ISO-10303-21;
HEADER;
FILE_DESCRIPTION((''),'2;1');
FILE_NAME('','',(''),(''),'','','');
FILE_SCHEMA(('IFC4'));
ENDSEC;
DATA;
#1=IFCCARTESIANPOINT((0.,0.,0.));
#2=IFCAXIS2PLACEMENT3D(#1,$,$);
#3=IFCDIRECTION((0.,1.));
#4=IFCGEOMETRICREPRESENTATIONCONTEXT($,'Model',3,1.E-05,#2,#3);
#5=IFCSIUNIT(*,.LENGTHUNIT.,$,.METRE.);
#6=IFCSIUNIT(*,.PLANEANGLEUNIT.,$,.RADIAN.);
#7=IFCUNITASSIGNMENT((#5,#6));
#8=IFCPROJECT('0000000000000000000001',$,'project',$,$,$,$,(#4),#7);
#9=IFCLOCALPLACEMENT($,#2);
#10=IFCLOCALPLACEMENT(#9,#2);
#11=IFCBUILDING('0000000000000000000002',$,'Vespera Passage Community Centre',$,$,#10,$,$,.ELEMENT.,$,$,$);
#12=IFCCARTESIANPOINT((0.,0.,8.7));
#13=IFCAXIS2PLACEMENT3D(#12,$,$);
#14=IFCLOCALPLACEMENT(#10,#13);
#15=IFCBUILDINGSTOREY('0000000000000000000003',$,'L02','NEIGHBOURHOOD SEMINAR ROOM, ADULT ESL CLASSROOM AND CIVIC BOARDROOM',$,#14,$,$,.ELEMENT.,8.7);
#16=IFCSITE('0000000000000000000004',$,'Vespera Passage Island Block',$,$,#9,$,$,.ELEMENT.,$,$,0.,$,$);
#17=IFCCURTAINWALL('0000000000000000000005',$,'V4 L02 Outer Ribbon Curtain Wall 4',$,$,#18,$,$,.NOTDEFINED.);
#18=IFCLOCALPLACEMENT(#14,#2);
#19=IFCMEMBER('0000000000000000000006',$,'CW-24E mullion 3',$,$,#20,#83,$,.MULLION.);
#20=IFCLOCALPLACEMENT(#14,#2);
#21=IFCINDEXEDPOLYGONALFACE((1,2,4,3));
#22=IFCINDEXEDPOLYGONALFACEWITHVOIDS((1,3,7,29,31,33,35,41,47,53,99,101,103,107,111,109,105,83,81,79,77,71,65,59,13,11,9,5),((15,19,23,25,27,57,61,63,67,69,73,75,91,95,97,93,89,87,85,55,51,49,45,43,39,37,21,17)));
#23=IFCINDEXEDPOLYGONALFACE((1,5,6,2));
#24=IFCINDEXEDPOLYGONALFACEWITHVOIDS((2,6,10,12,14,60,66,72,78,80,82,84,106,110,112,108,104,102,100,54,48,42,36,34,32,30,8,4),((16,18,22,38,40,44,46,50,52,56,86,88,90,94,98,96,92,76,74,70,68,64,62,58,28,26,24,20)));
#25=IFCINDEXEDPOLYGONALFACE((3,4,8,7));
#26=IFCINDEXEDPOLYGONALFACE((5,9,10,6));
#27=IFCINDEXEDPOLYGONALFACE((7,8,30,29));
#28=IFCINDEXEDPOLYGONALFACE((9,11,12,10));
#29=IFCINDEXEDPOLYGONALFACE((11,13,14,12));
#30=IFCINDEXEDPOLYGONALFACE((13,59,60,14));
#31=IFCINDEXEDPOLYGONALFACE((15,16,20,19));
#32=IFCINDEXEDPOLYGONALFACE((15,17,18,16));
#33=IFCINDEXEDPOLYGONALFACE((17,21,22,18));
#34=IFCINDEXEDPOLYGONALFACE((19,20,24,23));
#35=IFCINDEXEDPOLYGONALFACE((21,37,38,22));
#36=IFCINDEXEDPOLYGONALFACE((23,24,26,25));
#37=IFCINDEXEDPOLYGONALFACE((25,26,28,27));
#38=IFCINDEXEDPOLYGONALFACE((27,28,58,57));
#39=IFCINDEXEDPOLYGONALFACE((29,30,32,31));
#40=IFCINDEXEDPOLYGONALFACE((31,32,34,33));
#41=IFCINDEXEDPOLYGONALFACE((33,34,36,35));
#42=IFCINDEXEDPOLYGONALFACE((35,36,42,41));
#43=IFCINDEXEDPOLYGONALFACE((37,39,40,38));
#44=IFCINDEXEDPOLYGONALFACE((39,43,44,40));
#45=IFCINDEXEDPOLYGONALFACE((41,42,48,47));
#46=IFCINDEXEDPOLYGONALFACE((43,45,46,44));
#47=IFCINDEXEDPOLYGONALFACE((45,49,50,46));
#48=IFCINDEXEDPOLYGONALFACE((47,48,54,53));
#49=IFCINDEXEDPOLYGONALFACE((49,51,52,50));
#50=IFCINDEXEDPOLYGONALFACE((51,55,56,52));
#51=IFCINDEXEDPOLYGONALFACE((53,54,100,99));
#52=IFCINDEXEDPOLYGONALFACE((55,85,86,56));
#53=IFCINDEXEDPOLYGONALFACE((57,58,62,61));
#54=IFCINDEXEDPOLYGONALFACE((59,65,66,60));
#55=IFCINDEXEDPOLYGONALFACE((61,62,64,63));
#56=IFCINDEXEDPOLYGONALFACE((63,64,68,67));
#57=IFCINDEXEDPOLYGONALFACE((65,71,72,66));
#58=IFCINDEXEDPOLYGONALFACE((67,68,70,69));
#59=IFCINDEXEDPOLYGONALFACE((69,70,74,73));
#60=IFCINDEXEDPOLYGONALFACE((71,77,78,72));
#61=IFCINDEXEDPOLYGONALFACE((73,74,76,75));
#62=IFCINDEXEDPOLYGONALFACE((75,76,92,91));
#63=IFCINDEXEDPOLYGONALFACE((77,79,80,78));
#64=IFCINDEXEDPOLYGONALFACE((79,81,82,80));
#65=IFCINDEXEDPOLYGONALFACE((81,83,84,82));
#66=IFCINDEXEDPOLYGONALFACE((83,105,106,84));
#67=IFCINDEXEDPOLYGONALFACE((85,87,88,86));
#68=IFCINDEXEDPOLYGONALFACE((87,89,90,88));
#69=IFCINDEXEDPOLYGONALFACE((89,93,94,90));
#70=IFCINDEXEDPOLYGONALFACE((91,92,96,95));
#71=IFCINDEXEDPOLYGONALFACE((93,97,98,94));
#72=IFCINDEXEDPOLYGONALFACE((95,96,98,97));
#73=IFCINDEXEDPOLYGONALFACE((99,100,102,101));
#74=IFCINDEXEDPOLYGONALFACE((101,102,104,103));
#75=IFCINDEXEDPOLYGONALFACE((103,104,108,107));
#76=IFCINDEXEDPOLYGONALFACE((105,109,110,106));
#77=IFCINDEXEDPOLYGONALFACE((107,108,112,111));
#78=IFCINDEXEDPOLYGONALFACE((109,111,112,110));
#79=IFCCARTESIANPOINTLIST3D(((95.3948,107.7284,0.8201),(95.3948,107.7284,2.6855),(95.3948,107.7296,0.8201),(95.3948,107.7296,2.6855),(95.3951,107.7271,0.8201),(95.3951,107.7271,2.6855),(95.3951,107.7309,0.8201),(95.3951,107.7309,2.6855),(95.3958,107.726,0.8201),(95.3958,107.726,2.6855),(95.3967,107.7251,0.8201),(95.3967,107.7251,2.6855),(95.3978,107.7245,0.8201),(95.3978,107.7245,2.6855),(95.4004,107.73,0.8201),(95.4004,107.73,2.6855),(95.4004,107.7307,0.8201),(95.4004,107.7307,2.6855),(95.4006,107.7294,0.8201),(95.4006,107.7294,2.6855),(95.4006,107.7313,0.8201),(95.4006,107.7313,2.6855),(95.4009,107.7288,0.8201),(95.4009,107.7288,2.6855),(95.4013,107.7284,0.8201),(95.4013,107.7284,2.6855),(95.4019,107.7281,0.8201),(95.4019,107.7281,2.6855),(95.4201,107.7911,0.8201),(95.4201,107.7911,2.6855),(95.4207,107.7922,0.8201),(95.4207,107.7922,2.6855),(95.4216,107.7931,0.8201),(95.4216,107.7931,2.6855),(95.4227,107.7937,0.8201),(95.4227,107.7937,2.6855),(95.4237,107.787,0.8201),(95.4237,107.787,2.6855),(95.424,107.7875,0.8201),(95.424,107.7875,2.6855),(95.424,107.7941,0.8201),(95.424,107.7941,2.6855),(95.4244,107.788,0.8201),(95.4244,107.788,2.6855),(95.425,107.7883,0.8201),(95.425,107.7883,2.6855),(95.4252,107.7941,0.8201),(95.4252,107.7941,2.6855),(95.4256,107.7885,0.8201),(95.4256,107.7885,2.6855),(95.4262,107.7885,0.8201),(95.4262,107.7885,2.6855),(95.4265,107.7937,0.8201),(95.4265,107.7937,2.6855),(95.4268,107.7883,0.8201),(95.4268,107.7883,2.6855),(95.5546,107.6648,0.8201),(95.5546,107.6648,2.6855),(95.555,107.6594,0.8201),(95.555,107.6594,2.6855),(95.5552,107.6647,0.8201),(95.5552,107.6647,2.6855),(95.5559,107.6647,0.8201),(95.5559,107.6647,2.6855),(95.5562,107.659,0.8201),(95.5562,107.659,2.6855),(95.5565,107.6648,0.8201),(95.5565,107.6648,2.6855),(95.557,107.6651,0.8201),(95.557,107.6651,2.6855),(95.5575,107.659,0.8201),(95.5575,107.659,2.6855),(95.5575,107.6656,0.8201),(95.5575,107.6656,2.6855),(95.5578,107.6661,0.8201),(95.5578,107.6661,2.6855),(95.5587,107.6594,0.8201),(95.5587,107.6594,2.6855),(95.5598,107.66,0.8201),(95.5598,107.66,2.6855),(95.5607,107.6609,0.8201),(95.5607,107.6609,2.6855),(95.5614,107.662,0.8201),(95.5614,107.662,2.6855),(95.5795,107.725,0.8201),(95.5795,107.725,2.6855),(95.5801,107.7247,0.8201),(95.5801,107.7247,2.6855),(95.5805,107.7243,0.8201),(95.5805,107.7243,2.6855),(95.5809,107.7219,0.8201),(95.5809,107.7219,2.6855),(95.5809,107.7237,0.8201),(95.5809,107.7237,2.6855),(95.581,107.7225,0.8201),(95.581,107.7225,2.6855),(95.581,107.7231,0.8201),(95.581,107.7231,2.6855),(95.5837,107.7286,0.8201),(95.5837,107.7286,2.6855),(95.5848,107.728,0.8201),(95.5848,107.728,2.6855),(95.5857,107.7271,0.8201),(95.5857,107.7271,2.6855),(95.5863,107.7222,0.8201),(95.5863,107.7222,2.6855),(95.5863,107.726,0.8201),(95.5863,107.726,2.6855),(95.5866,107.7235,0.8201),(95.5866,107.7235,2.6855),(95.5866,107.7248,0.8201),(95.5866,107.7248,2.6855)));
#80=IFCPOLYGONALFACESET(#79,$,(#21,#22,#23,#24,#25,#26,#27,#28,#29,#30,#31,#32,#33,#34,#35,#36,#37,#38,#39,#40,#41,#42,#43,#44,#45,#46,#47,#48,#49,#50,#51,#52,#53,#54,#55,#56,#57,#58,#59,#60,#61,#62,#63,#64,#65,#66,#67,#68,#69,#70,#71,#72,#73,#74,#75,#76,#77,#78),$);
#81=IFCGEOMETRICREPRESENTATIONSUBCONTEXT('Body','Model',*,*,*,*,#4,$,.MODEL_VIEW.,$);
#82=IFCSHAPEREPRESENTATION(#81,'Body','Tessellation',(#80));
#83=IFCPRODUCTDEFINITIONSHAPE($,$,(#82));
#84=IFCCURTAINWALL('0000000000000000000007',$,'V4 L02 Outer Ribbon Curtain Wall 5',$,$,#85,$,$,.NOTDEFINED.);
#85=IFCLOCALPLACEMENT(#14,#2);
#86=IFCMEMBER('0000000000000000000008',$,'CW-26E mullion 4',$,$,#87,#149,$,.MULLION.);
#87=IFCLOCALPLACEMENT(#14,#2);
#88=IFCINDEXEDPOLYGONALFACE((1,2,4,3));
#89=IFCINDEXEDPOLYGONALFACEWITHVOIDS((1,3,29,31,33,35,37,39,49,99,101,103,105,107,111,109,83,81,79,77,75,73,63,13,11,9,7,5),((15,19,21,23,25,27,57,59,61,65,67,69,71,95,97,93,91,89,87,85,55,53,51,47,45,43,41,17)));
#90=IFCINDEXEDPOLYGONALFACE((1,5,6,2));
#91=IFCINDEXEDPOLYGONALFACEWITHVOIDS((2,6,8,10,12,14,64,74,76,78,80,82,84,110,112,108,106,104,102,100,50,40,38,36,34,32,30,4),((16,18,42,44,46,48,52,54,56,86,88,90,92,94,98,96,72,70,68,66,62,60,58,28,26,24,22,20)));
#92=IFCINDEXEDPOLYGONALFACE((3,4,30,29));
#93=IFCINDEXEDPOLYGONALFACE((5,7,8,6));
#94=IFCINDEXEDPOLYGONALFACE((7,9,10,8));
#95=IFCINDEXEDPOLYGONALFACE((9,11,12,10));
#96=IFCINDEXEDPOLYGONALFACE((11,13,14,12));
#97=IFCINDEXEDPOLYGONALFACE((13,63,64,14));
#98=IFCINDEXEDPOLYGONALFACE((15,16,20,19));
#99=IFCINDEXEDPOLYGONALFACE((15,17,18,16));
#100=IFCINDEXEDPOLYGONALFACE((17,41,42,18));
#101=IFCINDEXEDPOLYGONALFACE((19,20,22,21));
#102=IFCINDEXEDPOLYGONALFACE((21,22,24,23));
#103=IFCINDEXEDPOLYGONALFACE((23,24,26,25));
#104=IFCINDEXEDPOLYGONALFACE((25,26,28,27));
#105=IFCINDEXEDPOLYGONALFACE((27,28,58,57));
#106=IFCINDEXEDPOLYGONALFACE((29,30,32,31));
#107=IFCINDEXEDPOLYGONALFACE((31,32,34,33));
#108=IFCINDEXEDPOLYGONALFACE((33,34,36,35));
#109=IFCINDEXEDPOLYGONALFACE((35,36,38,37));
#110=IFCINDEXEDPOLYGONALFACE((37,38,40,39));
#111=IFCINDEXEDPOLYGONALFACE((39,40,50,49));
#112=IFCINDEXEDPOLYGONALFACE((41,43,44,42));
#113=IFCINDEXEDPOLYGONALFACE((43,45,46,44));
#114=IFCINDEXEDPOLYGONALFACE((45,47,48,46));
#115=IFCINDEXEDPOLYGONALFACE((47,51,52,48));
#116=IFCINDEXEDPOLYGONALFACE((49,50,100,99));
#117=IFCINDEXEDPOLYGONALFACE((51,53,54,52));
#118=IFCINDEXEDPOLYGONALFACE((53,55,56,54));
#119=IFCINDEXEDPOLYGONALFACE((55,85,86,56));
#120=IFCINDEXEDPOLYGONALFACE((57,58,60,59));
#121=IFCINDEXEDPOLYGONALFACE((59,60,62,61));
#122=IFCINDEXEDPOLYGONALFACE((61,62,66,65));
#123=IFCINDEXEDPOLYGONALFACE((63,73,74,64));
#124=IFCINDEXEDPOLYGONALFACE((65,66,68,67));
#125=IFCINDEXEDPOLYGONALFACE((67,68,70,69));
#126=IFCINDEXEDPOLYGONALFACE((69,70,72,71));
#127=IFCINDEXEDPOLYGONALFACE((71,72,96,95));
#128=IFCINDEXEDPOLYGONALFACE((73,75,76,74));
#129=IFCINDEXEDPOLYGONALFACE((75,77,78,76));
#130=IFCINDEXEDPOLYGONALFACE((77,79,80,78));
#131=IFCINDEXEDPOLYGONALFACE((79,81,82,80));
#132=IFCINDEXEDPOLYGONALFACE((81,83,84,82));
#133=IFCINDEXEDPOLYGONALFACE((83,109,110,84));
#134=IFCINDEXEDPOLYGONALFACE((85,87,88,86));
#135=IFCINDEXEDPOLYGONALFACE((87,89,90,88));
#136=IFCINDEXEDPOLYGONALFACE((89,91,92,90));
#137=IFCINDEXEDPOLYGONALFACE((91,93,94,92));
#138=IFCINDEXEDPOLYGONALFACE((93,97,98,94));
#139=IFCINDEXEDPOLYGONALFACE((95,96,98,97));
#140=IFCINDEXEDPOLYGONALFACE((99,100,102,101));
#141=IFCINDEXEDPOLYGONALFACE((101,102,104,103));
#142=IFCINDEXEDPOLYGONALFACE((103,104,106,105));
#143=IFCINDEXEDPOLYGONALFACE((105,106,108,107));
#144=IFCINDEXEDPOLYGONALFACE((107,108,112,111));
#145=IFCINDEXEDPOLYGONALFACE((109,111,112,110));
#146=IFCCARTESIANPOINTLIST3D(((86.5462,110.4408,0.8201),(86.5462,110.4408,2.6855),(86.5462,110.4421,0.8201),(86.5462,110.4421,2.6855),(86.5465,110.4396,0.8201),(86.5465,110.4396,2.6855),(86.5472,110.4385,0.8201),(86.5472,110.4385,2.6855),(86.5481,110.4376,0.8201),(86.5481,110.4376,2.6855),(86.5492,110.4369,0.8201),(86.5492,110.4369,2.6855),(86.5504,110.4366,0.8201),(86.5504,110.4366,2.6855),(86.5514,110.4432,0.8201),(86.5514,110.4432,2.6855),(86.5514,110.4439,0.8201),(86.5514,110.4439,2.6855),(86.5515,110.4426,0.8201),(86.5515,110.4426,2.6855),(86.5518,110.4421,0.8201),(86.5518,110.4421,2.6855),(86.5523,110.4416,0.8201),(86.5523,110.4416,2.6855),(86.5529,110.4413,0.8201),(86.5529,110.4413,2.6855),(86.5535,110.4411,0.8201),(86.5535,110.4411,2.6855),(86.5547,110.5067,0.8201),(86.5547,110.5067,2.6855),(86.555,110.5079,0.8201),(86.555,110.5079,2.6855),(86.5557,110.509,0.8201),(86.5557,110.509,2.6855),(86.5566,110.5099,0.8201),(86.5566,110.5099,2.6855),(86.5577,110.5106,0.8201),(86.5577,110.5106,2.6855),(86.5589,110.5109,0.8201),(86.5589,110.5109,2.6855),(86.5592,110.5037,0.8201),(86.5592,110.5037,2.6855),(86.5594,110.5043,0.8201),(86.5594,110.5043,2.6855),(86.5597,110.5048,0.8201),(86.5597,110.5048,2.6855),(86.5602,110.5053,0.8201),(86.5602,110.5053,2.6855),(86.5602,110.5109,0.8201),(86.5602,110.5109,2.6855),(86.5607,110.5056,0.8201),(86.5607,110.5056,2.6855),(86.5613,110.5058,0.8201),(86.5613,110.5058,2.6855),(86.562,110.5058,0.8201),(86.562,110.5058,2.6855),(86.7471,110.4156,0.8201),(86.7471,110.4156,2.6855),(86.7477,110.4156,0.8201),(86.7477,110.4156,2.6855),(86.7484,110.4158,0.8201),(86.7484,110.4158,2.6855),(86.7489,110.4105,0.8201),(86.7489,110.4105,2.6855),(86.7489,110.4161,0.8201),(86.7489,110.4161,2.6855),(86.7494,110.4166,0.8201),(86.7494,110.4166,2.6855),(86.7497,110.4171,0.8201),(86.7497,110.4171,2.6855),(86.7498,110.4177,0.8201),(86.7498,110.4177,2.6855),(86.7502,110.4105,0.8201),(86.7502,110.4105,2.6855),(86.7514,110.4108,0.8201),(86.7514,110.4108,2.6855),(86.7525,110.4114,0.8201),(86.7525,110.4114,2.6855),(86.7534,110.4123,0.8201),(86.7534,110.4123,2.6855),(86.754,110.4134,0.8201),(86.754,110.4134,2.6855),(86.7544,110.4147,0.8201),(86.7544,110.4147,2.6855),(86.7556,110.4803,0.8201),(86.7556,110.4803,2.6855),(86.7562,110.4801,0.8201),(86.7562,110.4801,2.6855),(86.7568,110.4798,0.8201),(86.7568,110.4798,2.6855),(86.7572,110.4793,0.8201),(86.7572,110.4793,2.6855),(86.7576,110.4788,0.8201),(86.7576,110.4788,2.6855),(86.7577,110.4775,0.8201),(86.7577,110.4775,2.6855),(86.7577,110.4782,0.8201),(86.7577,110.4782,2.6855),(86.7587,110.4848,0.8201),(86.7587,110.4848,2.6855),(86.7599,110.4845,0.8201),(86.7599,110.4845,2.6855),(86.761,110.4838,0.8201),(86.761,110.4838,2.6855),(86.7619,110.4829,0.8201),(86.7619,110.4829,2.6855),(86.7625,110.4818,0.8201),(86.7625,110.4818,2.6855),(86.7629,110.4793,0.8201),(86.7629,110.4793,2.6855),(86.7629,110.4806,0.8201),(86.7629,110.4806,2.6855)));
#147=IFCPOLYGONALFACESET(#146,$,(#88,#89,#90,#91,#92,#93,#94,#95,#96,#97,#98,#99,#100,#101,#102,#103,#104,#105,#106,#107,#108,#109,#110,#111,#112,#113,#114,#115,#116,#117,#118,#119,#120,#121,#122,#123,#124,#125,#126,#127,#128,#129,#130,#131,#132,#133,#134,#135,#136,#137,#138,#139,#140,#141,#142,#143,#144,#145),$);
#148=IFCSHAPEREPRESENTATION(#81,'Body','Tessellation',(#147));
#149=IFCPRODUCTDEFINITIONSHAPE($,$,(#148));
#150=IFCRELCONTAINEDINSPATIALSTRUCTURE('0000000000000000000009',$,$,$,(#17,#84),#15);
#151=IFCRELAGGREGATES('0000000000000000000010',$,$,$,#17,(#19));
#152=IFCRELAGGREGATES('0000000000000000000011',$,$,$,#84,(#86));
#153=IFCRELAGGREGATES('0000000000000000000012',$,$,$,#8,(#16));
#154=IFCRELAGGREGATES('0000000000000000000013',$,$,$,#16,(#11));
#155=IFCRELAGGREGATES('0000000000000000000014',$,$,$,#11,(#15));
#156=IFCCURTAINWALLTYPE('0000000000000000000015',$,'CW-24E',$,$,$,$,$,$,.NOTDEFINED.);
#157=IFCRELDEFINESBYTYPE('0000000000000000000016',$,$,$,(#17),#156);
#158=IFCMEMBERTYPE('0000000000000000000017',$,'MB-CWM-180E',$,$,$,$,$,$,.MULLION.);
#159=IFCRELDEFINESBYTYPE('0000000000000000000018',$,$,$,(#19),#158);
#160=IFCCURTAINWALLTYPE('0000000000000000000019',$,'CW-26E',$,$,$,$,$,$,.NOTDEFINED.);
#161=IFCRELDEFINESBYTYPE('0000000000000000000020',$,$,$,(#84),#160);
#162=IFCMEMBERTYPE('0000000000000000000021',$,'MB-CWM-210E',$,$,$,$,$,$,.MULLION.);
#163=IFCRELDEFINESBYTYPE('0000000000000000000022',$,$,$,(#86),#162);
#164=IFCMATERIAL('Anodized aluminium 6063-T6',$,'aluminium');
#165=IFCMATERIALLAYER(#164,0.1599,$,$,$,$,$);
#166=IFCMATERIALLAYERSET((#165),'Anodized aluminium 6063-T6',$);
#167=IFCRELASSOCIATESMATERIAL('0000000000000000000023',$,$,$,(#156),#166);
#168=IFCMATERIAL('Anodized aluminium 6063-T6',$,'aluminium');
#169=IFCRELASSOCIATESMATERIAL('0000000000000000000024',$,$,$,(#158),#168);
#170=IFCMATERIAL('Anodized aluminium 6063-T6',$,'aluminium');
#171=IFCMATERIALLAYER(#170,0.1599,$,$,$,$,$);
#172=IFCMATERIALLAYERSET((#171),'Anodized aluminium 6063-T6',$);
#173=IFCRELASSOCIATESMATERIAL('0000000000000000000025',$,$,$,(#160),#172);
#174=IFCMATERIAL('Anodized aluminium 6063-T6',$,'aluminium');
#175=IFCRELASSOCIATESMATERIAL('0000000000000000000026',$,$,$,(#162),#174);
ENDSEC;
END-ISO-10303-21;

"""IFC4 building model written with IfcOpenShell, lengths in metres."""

from ifc_helpers import new_model, si_unit, direction, frame, origin, origin_2d, place, context, subcontext, project, spatial, hollow_rectangle, extrude, material, layer, layer_set, material_profile, profile_set, type_object, element, aggregate, save


model = new_model("IFC4")

# Units and contexts
model_context = context("Model", 3, precision=1e-05, world=origin(), true_north=direction((0.0, 1.0)))
body_context = subcontext(model_context, "Body", "Model", "MODEL_VIEW")
ifc_project = project(units=[si_unit("LENGTHUNIT", "METRE"), si_unit("PLANEANGLEUNIT", "RADIAN")], contexts=[model_context])

# Site, building, storey
site_placement = place(None, origin())
site = spatial("IfcSite", under=ifc_project, at=site_placement, Name="Vespera Passage Island Block", CompositionType="ELEMENT", RefElevation=0.0)
building_placement = place(site_placement, origin())
building = spatial("IfcBuilding", under=site, at=building_placement, Name="Vespera Passage Community Centre", CompositionType="ELEMENT")
storey_placement = place(building_placement, frame((0.0, 0.0, 8.7)))
storey = spatial("IfcBuildingStorey", under=building, at=storey_placement, Name="L02", Description="NEIGHBOURHOOD SEMINAR ROOM, ADULT ESL CLASSROOM AND CIVIC BOARDROOM", CompositionType="ELEMENT", Elevation=8.7)

# Curtain walls, members
ifc_material_1 = material(Name="Anodized aluminium 6063-T6", Category="aluminium")
ifc_layer_1 = layer(ifc_material_1, 0.1599)
ifc_layer_set_1 = layer_set([ifc_layer_1], Name="Anodized aluminium 6063-T6")
curtain_wall_type_1 = type_object("IfcCurtainWallType", Name="CW-24E", PredefinedType="NOTDEFINED", material=ifc_layer_set_1)
curtain_wall_1_placement = place(storey_placement, origin())
curtain_wall_1 = element("IfcCurtainWall", 1, at=curtain_wall_1_placement, inside=storey, type_object=curtain_wall_type_1, Name="V4 L02 Outer Ribbon Curtain Wall 4", PredefinedType="NOTDEFINED")
ifc_material_2 = material(Name="Anodized aluminium 6063-T6", Category="aluminium")
ifc_material_profile_1 = material_profile(ifc_material_2, hollow_rectangle(XDim=0.075, YDim=0.1799, WallThickness=0.0049, InnerFilletRadius=0.0024, OuterFilletRadius=0.0049, at=origin_2d()), Name="ALU180X75X5")
ifc_profile_set_1 = profile_set([ifc_material_profile_1], Name="Anodized aluminium 6063-T6")
member_type_1 = type_object("IfcMemberType", Name="MB-CWM-180E", PredefinedType="MULLION", material=ifc_profile_set_1)
member_1_placement = place(storey_placement, frame((95.4907, 107.7266, 0.8201), z_axis=(0.0, 0.0, 1.0), x_axis=(0.382683, 0.92388, 0.0)))
member_1 = element("IfcMember", 2, at=member_1_placement, type_object=member_type_1, Name="CW-24E mullion 3", PredefinedType="MULLION", context=body_context, shape_type="SweptSolid", body=[
    extrude(hollow_rectangle(XDim=0.075, YDim=0.1799, WallThickness=0.0049, InnerFilletRadius=0.0024, OuterFilletRadius=0.0049, at=origin_2d()), origin(), (0.0, 0.0, 1.0), 1.8655),
])
ifc_material_3 = material(Name="Anodized aluminium 6063-T6", Category="aluminium")
ifc_layer_2 = layer(ifc_material_3, 0.1599)
ifc_layer_set_2 = layer_set([ifc_layer_2], Name="Anodized aluminium 6063-T6")
curtain_wall_type_2 = type_object("IfcCurtainWallType", Name="CW-26E", PredefinedType="NOTDEFINED", material=ifc_layer_set_2)
curtain_wall_2_placement = place(storey_placement, origin())
curtain_wall_2 = element("IfcCurtainWall", 3, at=curtain_wall_2_placement, inside=storey, type_object=curtain_wall_type_2, Name="V4 L02 Outer Ribbon Curtain Wall 5", PredefinedType="NOTDEFINED")
ifc_material_4 = material(Name="Anodized aluminium 6063-T6", Category="aluminium")
ifc_material_profile_2 = material_profile(ifc_material_4, hollow_rectangle(XDim=0.075, YDim=0.21, WallThickness=0.0049, InnerFilletRadius=0.0024, OuterFilletRadius=0.0049, at=origin_2d()), Name="ALU210X75X5")
ifc_profile_set_2 = profile_set([ifc_material_profile_2], Name="Anodized aluminium 6063-T6")
member_type_2 = type_object("IfcMemberType", Name="MB-CWM-210E", PredefinedType="MULLION", material=ifc_profile_set_2)
member_2_placement = place(storey_placement, frame((86.6545, 110.4607, 0.8201), z_axis=(0.0, 0.0, 1.0), x_axis=(0.130531, 0.991444, 0.0)))
member_2 = element("IfcMember", 4, at=member_2_placement, type_object=member_type_2, Name="CW-26E mullion 4", PredefinedType="MULLION", context=body_context, shape_type="SweptSolid", body=[
    extrude(hollow_rectangle(XDim=0.075, YDim=0.21, WallThickness=0.0049, InnerFilletRadius=0.0024, OuterFilletRadius=0.0049, at=origin_2d()), origin(), (0.0, 0.0, 1.0), 1.8655),
])

aggregate(curtain_wall_1, [member_1])
aggregate(curtain_wall_2, [member_2])

save(model, "model.ifc")
